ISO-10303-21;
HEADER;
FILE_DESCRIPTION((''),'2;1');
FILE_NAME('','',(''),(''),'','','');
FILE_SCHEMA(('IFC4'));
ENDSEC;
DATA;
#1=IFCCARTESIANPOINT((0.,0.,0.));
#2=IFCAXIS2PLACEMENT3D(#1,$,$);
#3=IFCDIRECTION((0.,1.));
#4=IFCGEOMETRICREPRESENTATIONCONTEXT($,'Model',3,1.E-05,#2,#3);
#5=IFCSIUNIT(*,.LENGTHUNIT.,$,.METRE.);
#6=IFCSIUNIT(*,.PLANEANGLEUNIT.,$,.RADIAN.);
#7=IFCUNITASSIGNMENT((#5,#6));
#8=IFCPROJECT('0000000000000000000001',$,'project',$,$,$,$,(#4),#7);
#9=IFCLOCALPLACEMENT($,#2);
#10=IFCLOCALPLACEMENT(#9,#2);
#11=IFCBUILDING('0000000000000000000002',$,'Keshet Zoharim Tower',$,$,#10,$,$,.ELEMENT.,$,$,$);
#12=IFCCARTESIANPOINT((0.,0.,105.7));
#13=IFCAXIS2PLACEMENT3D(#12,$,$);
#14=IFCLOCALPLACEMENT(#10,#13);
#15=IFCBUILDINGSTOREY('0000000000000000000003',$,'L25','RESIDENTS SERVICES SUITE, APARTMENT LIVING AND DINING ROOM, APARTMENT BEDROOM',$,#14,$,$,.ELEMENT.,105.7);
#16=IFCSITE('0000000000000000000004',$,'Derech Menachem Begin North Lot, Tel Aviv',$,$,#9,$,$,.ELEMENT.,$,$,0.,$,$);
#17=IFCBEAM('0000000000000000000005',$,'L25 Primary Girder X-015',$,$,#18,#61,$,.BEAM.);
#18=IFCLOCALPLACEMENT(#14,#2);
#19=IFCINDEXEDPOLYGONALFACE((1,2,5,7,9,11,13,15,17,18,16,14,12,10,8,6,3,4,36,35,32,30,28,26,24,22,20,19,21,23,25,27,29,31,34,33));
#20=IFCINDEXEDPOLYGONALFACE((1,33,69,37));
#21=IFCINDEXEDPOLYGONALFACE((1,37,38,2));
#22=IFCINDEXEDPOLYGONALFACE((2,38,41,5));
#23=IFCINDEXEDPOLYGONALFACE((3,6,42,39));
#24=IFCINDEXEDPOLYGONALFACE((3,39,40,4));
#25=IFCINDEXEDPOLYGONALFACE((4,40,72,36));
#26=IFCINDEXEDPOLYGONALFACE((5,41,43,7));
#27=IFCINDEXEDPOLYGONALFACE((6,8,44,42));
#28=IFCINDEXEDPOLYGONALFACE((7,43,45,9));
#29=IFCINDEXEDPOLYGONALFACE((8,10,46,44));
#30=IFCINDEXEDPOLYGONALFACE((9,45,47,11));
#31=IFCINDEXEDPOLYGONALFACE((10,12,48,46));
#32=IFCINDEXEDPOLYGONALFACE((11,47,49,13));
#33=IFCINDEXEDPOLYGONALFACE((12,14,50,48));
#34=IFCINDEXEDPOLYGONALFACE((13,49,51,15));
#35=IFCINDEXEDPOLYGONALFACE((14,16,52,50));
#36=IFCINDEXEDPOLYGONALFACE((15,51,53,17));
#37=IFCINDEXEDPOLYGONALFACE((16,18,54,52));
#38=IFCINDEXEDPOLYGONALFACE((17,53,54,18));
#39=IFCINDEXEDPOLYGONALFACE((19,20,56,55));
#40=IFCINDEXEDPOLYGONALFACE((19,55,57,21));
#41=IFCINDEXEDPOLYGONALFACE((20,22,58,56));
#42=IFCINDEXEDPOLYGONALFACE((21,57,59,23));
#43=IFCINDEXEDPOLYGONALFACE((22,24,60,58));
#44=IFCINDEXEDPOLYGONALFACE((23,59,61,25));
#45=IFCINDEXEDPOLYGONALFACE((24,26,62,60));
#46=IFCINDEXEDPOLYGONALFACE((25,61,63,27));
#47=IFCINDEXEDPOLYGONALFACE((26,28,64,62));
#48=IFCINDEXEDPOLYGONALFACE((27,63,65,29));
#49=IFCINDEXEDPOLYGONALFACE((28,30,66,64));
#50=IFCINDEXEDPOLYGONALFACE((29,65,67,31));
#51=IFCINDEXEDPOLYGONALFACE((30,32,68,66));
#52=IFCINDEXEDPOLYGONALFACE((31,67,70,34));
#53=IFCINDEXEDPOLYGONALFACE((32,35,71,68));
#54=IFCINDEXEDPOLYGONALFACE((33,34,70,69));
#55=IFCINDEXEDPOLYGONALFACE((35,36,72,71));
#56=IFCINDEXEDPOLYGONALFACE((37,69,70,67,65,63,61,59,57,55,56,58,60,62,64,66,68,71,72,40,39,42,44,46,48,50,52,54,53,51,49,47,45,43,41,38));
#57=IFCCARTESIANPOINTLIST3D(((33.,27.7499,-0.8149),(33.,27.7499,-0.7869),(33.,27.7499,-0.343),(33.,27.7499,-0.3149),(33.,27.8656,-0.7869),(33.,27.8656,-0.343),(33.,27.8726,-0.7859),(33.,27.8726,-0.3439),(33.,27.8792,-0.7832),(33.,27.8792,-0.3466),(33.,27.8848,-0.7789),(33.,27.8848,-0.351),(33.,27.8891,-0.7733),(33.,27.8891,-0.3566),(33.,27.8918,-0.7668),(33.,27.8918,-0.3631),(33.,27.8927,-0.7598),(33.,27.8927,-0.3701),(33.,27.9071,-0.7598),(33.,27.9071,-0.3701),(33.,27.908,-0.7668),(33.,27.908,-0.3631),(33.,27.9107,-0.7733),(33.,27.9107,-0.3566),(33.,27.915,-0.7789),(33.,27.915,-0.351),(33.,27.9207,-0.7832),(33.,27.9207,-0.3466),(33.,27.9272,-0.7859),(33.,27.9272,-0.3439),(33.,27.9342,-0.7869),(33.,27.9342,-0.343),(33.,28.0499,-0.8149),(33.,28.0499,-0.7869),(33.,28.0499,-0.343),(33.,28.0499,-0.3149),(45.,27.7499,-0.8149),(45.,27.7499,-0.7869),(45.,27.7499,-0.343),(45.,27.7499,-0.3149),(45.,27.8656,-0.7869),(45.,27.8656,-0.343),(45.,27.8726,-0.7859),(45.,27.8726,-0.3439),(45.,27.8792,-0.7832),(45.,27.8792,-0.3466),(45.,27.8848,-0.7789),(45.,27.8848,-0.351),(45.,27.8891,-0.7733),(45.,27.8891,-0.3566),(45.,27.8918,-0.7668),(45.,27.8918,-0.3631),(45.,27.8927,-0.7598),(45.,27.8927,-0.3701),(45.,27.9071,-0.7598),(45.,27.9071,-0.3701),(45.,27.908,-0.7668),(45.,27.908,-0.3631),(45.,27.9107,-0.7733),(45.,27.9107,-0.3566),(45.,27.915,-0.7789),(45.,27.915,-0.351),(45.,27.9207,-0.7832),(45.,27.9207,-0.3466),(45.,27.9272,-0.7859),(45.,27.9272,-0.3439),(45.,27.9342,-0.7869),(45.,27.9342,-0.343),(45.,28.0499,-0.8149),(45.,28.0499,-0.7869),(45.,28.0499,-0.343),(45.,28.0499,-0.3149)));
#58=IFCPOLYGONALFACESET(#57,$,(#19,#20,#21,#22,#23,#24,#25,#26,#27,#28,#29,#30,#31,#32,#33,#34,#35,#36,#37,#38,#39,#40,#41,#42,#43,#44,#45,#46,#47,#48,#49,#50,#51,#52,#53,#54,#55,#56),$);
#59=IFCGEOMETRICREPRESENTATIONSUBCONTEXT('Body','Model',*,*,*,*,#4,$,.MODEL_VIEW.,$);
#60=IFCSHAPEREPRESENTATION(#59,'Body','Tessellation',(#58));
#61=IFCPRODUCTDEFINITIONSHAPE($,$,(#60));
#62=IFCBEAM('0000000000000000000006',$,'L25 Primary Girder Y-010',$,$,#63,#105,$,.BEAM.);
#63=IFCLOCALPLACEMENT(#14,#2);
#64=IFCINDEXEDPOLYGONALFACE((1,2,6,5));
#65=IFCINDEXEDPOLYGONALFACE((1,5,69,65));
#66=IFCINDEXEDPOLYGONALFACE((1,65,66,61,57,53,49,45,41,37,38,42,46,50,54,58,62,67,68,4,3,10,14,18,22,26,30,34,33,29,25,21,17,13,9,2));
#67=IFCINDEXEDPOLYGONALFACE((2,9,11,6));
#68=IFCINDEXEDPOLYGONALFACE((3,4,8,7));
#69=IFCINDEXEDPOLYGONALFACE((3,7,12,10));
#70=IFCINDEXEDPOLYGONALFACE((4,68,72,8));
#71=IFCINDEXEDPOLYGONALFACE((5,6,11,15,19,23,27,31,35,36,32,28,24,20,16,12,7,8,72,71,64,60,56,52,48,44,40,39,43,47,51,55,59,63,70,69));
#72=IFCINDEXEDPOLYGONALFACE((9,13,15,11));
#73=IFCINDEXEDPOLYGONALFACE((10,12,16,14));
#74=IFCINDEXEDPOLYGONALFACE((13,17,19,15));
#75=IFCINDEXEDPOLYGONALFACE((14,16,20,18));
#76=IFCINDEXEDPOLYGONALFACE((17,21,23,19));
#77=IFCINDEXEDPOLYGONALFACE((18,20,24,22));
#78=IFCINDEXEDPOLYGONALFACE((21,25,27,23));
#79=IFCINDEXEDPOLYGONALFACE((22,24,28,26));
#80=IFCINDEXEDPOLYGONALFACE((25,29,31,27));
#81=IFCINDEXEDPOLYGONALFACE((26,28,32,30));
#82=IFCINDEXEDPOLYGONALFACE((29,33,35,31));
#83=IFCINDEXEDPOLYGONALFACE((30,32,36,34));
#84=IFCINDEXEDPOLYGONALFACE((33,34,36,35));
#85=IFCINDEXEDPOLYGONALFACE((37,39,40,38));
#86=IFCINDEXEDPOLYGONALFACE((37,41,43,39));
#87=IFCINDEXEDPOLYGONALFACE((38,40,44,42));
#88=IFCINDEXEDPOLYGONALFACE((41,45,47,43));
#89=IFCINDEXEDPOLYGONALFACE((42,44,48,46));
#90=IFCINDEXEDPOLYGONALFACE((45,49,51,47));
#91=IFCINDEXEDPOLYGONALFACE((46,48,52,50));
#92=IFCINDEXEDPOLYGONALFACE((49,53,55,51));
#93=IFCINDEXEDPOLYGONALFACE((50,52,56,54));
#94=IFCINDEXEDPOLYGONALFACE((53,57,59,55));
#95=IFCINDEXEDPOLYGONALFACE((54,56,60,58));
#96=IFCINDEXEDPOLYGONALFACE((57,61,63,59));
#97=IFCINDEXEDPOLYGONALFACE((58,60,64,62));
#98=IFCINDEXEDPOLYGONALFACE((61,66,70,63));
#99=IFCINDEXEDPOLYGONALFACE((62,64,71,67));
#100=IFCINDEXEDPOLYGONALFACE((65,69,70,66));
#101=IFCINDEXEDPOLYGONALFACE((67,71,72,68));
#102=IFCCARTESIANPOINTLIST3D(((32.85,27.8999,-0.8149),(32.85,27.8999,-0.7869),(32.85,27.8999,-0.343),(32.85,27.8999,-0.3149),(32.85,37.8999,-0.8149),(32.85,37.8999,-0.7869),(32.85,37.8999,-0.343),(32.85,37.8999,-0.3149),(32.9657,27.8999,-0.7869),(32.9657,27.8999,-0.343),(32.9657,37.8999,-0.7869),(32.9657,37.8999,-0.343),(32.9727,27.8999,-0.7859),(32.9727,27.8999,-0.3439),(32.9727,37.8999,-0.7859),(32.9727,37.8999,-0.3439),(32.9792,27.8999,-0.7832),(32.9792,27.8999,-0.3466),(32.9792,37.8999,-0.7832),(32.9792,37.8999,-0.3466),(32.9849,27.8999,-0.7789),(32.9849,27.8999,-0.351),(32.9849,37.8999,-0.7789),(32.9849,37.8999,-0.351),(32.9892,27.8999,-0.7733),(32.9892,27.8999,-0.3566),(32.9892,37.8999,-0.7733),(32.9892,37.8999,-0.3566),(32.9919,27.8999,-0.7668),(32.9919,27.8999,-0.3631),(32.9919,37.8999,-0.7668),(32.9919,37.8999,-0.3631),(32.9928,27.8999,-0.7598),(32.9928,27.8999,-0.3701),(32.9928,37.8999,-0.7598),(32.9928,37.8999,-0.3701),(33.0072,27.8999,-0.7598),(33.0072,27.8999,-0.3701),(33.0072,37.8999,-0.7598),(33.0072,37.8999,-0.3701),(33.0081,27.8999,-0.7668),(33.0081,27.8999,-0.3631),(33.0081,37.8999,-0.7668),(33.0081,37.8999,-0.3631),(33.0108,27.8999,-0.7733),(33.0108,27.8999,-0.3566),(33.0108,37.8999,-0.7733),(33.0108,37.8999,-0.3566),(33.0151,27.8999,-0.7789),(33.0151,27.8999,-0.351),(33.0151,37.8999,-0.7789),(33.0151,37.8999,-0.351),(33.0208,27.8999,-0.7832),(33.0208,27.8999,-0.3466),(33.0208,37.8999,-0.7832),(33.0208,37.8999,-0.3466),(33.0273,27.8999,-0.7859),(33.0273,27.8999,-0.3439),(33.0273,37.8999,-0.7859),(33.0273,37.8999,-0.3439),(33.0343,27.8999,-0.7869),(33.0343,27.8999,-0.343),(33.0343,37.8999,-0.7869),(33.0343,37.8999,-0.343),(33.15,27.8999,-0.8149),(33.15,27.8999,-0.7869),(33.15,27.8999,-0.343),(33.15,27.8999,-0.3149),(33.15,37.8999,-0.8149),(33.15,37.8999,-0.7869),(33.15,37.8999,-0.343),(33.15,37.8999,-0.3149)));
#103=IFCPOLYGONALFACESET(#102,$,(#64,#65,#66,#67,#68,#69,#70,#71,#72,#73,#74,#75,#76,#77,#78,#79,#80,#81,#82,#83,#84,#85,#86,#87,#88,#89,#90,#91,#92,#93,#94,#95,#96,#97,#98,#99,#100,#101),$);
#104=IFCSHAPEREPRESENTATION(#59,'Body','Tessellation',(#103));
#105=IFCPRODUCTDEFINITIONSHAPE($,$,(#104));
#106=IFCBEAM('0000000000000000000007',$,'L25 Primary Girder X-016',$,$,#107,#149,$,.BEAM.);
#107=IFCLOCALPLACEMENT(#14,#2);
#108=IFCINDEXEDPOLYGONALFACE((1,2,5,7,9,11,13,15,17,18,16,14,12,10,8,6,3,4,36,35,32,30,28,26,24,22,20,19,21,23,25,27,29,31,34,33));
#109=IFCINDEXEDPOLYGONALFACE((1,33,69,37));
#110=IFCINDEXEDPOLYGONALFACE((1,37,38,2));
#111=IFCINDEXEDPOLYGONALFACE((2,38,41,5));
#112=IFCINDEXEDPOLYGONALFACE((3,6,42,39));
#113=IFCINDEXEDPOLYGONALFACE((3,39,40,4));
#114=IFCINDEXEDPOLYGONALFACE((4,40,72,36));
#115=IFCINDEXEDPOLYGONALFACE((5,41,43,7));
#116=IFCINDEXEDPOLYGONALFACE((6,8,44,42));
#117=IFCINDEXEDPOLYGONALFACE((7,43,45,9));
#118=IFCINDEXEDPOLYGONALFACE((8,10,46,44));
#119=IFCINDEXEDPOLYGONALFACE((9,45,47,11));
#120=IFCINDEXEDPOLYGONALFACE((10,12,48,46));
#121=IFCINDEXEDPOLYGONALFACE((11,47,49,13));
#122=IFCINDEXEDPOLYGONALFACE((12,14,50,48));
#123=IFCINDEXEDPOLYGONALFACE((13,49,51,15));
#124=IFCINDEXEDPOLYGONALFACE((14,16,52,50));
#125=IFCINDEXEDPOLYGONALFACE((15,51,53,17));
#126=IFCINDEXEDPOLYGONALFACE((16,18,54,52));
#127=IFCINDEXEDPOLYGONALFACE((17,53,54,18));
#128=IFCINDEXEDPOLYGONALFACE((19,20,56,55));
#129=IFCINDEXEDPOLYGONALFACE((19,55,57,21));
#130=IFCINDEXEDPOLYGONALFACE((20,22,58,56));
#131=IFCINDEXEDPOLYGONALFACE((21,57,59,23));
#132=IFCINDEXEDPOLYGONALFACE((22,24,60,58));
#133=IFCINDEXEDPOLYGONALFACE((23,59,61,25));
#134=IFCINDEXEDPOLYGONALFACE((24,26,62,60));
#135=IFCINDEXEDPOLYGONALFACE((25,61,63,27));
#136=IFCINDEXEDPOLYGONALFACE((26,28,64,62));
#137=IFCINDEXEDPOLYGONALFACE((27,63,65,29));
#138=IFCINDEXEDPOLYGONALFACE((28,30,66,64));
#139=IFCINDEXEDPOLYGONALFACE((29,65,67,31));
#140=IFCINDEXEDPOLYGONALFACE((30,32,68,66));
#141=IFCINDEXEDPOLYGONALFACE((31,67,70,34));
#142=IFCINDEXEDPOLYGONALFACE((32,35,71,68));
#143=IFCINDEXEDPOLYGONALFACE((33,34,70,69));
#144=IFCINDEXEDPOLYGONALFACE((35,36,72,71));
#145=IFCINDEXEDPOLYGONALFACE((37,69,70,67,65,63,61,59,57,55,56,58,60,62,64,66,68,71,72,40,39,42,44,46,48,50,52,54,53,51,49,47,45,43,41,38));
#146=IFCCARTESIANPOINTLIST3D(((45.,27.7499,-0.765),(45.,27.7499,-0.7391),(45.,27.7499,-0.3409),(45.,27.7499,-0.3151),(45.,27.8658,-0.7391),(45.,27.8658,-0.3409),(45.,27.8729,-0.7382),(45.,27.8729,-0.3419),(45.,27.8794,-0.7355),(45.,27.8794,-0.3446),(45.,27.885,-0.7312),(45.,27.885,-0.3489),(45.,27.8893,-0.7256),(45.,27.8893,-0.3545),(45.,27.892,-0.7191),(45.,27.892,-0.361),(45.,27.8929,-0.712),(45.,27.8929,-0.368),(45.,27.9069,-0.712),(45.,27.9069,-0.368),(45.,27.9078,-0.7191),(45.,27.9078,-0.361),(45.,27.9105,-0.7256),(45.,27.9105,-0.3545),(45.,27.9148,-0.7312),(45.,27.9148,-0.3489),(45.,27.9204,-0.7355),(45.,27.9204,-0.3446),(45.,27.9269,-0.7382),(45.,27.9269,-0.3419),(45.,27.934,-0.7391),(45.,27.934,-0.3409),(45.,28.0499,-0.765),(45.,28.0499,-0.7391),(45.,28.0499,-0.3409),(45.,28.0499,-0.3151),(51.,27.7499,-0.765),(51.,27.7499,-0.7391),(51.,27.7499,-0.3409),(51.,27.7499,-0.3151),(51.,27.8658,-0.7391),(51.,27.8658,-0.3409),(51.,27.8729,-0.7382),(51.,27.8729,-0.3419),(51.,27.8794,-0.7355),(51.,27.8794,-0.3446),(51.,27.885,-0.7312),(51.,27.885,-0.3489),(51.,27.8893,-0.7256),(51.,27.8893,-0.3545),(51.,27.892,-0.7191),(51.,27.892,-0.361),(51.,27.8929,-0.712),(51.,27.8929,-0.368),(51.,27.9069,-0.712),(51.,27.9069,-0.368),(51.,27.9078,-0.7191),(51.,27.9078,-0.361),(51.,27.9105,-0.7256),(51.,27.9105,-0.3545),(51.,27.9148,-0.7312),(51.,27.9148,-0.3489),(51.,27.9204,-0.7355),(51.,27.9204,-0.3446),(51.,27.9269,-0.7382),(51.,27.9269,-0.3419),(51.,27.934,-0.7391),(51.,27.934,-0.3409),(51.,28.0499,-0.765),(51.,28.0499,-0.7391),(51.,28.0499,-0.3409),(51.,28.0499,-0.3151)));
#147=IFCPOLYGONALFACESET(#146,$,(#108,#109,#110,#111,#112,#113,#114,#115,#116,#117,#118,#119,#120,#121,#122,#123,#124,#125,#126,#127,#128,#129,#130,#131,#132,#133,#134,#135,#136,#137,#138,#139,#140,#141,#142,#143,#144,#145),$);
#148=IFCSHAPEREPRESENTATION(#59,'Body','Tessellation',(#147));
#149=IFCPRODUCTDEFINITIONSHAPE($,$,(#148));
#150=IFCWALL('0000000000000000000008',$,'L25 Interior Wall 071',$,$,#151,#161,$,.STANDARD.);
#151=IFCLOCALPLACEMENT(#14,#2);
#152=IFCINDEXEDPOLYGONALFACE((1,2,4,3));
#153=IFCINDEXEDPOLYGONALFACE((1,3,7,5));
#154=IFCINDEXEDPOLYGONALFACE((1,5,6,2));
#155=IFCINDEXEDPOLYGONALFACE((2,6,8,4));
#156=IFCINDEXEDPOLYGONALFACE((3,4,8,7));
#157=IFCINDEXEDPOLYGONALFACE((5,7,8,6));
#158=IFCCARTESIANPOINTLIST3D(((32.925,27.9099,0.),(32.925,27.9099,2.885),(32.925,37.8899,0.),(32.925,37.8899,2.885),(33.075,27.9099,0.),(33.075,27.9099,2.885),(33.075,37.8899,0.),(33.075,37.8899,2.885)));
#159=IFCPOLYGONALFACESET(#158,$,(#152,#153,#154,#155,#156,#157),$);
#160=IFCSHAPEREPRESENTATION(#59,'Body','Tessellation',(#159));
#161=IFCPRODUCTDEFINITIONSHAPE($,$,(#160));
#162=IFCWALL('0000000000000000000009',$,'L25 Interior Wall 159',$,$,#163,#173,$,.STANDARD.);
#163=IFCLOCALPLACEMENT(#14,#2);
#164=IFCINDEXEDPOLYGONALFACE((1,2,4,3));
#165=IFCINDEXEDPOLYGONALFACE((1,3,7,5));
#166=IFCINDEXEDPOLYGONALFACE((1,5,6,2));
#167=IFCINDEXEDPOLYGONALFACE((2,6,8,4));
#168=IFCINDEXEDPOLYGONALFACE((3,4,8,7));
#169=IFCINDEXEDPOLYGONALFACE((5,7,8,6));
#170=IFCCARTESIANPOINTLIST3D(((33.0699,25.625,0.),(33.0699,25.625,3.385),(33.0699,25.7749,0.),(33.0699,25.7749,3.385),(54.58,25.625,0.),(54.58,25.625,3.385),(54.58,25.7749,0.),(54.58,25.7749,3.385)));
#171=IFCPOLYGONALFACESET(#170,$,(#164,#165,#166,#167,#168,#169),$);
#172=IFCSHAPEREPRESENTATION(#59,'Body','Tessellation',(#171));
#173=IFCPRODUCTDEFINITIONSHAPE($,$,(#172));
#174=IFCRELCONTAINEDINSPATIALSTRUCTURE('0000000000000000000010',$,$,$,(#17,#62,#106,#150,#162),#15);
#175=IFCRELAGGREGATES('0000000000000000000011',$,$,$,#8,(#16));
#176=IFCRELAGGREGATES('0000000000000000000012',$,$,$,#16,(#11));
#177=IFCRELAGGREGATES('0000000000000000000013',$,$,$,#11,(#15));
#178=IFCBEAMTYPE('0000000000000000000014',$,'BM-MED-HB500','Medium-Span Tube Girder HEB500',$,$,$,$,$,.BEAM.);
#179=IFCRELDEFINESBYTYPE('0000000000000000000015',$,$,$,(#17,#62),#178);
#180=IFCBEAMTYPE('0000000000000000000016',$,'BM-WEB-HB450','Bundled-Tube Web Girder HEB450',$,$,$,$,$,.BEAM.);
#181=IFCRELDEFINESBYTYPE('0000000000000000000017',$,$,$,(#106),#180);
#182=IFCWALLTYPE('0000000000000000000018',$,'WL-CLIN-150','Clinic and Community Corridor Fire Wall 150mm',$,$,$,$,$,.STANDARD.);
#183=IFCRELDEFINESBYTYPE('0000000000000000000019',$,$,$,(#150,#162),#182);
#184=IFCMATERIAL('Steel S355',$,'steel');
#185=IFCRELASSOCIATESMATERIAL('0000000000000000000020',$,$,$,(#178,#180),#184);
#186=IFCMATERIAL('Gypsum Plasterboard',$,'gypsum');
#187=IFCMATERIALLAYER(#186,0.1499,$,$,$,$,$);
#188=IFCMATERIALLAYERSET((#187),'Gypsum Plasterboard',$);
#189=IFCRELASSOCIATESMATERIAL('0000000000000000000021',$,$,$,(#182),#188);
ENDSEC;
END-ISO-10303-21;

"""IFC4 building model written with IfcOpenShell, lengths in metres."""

from ifc_helpers import new_model, si_unit, direction, frame, frame_2d, origin, origin_2d, place, context, subcontext, project, spatial, rectangle, i_section, extrude, material, layer, layer_set, material_profile, profile_set, type_object, element, save


model = new_model("IFC4")

# Units and contexts
model_context = context("Model", 3, precision=1e-05, world=origin(), true_north=direction((0.0, 1.0)))
body_context = subcontext(model_context, "Body", "Model", "MODEL_VIEW")
ifc_project = project(units=[si_unit("LENGTHUNIT", "METRE"), si_unit("PLANEANGLEUNIT", "RADIAN")], contexts=[model_context])

# Site, building, storey
site_placement = place(None, origin())
site = spatial("IfcSite", under=ifc_project, at=site_placement, Name="Derech Menachem Begin North Lot, Tel Aviv", CompositionType="ELEMENT", RefElevation=0.0)
building_placement = place(site_placement, origin())
building = spatial("IfcBuilding", under=site, at=building_placement, Name="Keshet Zoharim Tower", CompositionType="ELEMENT")
storey_placement = place(building_placement, frame((0.0, 0.0, 105.7)))
storey = spatial("IfcBuildingStorey", under=building, at=storey_placement, Name="L25", Description="RESIDENTS SERVICES SUITE, APARTMENT LIVING AND DINING ROOM, APARTMENT BEDROOM", CompositionType="ELEMENT", Elevation=105.7)

# Beams
ifc_material_1 = material(Name="Steel S355", Category="steel")
ifc_material_profile_1 = material_profile(ifc_material_1, i_section(OverallWidth=0.3, OverallDepth=0.5, WebThickness=0.0144, FlangeThickness=0.0281, FilletRadius=0.0271, at=origin_2d()), Name="HEB500")
ifc_profile_set_1 = profile_set([ifc_material_profile_1], Name="Steel S355")
beam_type_1 = type_object("IfcBeamType", Name="BM-MED-HB500", Description="Medium-Span Tube Girder HEB500", PredefinedType="BEAM", material=ifc_profile_set_1)
beam_1_placement = place(storey_placement, frame((33.0, 27.8999, -0.5649), z_axis=(1.0, 0.0, 0.0), x_axis=(0.0, 1.0, 0.0)))
element("IfcBeam", 1, at=beam_1_placement, inside=storey, type_object=beam_type_1, Name="L25 Primary Girder X-015", PredefinedType="BEAM", context=body_context, shape_type="SweptSolid", body=[
    extrude(i_section(OverallWidth=0.3, OverallDepth=0.5, WebThickness=0.0144, FlangeThickness=0.0281, FilletRadius=0.0271, at=origin_2d()), origin(), (0.0, 0.0, 1.0), 12.0),
])
beam_2_placement = place(storey_placement, frame((33.0, 27.8999, -0.5649), z_axis=(0.0, 1.0, 0.0), x_axis=(-1.0, 0.0, 0.0)))
element("IfcBeam", 2, at=beam_2_placement, inside=storey, type_object=beam_type_1, Name="L25 Primary Girder Y-010", PredefinedType="BEAM", context=body_context, shape_type="SweptSolid", body=[
    extrude(i_section(OverallWidth=0.3, OverallDepth=0.5, WebThickness=0.0144, FlangeThickness=0.0281, FilletRadius=0.0271, at=origin_2d()), origin(), (0.0, 0.0, 1.0), 10.0),
])
ifc_material_profile_2 = material_profile(ifc_material_1, i_section(OverallWidth=0.3, OverallDepth=0.45, WebThickness=0.0139, FlangeThickness=0.0259, FilletRadius=0.0271, at=origin_2d()), Name="HEB450")
ifc_profile_set_2 = profile_set([ifc_material_profile_2], Name="Steel S355")
beam_type_2 = type_object("IfcBeamType", Name="BM-WEB-HB450", Description="Bundled-Tube Web Girder HEB450", PredefinedType="BEAM", material=ifc_profile_set_2)
beam_3_placement = place(storey_placement, frame((45.0, 27.8999, -0.54), z_axis=(1.0, 0.0, 0.0), x_axis=(0.0, 1.0, 0.0)))
element("IfcBeam", 3, at=beam_3_placement, inside=storey, type_object=beam_type_2, Name="L25 Primary Girder X-016", PredefinedType="BEAM", context=body_context, shape_type="SweptSolid", body=[
    extrude(i_section(OverallWidth=0.3, OverallDepth=0.45, WebThickness=0.0139, FlangeThickness=0.0259, FilletRadius=0.0271, at=origin_2d()), origin(), (0.0, 0.0, 1.0), 6.0),
])

# Walls
ifc_material_2 = material(Name="Gypsum Plasterboard", Category="gypsum")
ifc_layer_1 = layer(ifc_material_2, 0.1499)
ifc_layer_set_1 = layer_set([ifc_layer_1], Name="Gypsum Plasterboard")
wall_type_1 = type_object("IfcWallType", Name="WL-CLIN-150", Description="Clinic and Community Corridor Fire Wall 150mm", PredefinedType="STANDARD", material=ifc_layer_set_1)
wall_1_placement = place(storey_placement, frame((33.0, 27.9099, 0.0), z_axis=(0.0, 0.0, 1.0), x_axis=(0.0, 1.0, 0.0)))
element("IfcWall", 4, at=wall_1_placement, inside=storey, type_object=wall_type_1, Name="L25 Interior Wall 071", PredefinedType="STANDARD", context=body_context, shape_type="SweptSolid", body=[
    extrude(rectangle(XDim=9.98, YDim=0.1499, at=frame_2d((4.99, 0.0))), origin(), (0.0, 0.0, 1.0), 2.885),
])
wall_2_placement = place(storey_placement, frame((33.0701, 25.7, 0.0), z_axis=(0.0, 0.0, 1.0), x_axis=(1.0, 0.0, 0.0)))
element("IfcWall", 5, at=wall_2_placement, inside=storey, type_object=wall_type_1, Name="L25 Interior Wall 159", PredefinedType="STANDARD", context=body_context, shape_type="SweptSolid", body=[
    extrude(rectangle(XDim=21.51, YDim=0.1499, at=frame_2d((10.7549, 0.0))), origin(), (0.0, 0.0, 1.0), 3.385),
])

save(model, "model.ifc")
